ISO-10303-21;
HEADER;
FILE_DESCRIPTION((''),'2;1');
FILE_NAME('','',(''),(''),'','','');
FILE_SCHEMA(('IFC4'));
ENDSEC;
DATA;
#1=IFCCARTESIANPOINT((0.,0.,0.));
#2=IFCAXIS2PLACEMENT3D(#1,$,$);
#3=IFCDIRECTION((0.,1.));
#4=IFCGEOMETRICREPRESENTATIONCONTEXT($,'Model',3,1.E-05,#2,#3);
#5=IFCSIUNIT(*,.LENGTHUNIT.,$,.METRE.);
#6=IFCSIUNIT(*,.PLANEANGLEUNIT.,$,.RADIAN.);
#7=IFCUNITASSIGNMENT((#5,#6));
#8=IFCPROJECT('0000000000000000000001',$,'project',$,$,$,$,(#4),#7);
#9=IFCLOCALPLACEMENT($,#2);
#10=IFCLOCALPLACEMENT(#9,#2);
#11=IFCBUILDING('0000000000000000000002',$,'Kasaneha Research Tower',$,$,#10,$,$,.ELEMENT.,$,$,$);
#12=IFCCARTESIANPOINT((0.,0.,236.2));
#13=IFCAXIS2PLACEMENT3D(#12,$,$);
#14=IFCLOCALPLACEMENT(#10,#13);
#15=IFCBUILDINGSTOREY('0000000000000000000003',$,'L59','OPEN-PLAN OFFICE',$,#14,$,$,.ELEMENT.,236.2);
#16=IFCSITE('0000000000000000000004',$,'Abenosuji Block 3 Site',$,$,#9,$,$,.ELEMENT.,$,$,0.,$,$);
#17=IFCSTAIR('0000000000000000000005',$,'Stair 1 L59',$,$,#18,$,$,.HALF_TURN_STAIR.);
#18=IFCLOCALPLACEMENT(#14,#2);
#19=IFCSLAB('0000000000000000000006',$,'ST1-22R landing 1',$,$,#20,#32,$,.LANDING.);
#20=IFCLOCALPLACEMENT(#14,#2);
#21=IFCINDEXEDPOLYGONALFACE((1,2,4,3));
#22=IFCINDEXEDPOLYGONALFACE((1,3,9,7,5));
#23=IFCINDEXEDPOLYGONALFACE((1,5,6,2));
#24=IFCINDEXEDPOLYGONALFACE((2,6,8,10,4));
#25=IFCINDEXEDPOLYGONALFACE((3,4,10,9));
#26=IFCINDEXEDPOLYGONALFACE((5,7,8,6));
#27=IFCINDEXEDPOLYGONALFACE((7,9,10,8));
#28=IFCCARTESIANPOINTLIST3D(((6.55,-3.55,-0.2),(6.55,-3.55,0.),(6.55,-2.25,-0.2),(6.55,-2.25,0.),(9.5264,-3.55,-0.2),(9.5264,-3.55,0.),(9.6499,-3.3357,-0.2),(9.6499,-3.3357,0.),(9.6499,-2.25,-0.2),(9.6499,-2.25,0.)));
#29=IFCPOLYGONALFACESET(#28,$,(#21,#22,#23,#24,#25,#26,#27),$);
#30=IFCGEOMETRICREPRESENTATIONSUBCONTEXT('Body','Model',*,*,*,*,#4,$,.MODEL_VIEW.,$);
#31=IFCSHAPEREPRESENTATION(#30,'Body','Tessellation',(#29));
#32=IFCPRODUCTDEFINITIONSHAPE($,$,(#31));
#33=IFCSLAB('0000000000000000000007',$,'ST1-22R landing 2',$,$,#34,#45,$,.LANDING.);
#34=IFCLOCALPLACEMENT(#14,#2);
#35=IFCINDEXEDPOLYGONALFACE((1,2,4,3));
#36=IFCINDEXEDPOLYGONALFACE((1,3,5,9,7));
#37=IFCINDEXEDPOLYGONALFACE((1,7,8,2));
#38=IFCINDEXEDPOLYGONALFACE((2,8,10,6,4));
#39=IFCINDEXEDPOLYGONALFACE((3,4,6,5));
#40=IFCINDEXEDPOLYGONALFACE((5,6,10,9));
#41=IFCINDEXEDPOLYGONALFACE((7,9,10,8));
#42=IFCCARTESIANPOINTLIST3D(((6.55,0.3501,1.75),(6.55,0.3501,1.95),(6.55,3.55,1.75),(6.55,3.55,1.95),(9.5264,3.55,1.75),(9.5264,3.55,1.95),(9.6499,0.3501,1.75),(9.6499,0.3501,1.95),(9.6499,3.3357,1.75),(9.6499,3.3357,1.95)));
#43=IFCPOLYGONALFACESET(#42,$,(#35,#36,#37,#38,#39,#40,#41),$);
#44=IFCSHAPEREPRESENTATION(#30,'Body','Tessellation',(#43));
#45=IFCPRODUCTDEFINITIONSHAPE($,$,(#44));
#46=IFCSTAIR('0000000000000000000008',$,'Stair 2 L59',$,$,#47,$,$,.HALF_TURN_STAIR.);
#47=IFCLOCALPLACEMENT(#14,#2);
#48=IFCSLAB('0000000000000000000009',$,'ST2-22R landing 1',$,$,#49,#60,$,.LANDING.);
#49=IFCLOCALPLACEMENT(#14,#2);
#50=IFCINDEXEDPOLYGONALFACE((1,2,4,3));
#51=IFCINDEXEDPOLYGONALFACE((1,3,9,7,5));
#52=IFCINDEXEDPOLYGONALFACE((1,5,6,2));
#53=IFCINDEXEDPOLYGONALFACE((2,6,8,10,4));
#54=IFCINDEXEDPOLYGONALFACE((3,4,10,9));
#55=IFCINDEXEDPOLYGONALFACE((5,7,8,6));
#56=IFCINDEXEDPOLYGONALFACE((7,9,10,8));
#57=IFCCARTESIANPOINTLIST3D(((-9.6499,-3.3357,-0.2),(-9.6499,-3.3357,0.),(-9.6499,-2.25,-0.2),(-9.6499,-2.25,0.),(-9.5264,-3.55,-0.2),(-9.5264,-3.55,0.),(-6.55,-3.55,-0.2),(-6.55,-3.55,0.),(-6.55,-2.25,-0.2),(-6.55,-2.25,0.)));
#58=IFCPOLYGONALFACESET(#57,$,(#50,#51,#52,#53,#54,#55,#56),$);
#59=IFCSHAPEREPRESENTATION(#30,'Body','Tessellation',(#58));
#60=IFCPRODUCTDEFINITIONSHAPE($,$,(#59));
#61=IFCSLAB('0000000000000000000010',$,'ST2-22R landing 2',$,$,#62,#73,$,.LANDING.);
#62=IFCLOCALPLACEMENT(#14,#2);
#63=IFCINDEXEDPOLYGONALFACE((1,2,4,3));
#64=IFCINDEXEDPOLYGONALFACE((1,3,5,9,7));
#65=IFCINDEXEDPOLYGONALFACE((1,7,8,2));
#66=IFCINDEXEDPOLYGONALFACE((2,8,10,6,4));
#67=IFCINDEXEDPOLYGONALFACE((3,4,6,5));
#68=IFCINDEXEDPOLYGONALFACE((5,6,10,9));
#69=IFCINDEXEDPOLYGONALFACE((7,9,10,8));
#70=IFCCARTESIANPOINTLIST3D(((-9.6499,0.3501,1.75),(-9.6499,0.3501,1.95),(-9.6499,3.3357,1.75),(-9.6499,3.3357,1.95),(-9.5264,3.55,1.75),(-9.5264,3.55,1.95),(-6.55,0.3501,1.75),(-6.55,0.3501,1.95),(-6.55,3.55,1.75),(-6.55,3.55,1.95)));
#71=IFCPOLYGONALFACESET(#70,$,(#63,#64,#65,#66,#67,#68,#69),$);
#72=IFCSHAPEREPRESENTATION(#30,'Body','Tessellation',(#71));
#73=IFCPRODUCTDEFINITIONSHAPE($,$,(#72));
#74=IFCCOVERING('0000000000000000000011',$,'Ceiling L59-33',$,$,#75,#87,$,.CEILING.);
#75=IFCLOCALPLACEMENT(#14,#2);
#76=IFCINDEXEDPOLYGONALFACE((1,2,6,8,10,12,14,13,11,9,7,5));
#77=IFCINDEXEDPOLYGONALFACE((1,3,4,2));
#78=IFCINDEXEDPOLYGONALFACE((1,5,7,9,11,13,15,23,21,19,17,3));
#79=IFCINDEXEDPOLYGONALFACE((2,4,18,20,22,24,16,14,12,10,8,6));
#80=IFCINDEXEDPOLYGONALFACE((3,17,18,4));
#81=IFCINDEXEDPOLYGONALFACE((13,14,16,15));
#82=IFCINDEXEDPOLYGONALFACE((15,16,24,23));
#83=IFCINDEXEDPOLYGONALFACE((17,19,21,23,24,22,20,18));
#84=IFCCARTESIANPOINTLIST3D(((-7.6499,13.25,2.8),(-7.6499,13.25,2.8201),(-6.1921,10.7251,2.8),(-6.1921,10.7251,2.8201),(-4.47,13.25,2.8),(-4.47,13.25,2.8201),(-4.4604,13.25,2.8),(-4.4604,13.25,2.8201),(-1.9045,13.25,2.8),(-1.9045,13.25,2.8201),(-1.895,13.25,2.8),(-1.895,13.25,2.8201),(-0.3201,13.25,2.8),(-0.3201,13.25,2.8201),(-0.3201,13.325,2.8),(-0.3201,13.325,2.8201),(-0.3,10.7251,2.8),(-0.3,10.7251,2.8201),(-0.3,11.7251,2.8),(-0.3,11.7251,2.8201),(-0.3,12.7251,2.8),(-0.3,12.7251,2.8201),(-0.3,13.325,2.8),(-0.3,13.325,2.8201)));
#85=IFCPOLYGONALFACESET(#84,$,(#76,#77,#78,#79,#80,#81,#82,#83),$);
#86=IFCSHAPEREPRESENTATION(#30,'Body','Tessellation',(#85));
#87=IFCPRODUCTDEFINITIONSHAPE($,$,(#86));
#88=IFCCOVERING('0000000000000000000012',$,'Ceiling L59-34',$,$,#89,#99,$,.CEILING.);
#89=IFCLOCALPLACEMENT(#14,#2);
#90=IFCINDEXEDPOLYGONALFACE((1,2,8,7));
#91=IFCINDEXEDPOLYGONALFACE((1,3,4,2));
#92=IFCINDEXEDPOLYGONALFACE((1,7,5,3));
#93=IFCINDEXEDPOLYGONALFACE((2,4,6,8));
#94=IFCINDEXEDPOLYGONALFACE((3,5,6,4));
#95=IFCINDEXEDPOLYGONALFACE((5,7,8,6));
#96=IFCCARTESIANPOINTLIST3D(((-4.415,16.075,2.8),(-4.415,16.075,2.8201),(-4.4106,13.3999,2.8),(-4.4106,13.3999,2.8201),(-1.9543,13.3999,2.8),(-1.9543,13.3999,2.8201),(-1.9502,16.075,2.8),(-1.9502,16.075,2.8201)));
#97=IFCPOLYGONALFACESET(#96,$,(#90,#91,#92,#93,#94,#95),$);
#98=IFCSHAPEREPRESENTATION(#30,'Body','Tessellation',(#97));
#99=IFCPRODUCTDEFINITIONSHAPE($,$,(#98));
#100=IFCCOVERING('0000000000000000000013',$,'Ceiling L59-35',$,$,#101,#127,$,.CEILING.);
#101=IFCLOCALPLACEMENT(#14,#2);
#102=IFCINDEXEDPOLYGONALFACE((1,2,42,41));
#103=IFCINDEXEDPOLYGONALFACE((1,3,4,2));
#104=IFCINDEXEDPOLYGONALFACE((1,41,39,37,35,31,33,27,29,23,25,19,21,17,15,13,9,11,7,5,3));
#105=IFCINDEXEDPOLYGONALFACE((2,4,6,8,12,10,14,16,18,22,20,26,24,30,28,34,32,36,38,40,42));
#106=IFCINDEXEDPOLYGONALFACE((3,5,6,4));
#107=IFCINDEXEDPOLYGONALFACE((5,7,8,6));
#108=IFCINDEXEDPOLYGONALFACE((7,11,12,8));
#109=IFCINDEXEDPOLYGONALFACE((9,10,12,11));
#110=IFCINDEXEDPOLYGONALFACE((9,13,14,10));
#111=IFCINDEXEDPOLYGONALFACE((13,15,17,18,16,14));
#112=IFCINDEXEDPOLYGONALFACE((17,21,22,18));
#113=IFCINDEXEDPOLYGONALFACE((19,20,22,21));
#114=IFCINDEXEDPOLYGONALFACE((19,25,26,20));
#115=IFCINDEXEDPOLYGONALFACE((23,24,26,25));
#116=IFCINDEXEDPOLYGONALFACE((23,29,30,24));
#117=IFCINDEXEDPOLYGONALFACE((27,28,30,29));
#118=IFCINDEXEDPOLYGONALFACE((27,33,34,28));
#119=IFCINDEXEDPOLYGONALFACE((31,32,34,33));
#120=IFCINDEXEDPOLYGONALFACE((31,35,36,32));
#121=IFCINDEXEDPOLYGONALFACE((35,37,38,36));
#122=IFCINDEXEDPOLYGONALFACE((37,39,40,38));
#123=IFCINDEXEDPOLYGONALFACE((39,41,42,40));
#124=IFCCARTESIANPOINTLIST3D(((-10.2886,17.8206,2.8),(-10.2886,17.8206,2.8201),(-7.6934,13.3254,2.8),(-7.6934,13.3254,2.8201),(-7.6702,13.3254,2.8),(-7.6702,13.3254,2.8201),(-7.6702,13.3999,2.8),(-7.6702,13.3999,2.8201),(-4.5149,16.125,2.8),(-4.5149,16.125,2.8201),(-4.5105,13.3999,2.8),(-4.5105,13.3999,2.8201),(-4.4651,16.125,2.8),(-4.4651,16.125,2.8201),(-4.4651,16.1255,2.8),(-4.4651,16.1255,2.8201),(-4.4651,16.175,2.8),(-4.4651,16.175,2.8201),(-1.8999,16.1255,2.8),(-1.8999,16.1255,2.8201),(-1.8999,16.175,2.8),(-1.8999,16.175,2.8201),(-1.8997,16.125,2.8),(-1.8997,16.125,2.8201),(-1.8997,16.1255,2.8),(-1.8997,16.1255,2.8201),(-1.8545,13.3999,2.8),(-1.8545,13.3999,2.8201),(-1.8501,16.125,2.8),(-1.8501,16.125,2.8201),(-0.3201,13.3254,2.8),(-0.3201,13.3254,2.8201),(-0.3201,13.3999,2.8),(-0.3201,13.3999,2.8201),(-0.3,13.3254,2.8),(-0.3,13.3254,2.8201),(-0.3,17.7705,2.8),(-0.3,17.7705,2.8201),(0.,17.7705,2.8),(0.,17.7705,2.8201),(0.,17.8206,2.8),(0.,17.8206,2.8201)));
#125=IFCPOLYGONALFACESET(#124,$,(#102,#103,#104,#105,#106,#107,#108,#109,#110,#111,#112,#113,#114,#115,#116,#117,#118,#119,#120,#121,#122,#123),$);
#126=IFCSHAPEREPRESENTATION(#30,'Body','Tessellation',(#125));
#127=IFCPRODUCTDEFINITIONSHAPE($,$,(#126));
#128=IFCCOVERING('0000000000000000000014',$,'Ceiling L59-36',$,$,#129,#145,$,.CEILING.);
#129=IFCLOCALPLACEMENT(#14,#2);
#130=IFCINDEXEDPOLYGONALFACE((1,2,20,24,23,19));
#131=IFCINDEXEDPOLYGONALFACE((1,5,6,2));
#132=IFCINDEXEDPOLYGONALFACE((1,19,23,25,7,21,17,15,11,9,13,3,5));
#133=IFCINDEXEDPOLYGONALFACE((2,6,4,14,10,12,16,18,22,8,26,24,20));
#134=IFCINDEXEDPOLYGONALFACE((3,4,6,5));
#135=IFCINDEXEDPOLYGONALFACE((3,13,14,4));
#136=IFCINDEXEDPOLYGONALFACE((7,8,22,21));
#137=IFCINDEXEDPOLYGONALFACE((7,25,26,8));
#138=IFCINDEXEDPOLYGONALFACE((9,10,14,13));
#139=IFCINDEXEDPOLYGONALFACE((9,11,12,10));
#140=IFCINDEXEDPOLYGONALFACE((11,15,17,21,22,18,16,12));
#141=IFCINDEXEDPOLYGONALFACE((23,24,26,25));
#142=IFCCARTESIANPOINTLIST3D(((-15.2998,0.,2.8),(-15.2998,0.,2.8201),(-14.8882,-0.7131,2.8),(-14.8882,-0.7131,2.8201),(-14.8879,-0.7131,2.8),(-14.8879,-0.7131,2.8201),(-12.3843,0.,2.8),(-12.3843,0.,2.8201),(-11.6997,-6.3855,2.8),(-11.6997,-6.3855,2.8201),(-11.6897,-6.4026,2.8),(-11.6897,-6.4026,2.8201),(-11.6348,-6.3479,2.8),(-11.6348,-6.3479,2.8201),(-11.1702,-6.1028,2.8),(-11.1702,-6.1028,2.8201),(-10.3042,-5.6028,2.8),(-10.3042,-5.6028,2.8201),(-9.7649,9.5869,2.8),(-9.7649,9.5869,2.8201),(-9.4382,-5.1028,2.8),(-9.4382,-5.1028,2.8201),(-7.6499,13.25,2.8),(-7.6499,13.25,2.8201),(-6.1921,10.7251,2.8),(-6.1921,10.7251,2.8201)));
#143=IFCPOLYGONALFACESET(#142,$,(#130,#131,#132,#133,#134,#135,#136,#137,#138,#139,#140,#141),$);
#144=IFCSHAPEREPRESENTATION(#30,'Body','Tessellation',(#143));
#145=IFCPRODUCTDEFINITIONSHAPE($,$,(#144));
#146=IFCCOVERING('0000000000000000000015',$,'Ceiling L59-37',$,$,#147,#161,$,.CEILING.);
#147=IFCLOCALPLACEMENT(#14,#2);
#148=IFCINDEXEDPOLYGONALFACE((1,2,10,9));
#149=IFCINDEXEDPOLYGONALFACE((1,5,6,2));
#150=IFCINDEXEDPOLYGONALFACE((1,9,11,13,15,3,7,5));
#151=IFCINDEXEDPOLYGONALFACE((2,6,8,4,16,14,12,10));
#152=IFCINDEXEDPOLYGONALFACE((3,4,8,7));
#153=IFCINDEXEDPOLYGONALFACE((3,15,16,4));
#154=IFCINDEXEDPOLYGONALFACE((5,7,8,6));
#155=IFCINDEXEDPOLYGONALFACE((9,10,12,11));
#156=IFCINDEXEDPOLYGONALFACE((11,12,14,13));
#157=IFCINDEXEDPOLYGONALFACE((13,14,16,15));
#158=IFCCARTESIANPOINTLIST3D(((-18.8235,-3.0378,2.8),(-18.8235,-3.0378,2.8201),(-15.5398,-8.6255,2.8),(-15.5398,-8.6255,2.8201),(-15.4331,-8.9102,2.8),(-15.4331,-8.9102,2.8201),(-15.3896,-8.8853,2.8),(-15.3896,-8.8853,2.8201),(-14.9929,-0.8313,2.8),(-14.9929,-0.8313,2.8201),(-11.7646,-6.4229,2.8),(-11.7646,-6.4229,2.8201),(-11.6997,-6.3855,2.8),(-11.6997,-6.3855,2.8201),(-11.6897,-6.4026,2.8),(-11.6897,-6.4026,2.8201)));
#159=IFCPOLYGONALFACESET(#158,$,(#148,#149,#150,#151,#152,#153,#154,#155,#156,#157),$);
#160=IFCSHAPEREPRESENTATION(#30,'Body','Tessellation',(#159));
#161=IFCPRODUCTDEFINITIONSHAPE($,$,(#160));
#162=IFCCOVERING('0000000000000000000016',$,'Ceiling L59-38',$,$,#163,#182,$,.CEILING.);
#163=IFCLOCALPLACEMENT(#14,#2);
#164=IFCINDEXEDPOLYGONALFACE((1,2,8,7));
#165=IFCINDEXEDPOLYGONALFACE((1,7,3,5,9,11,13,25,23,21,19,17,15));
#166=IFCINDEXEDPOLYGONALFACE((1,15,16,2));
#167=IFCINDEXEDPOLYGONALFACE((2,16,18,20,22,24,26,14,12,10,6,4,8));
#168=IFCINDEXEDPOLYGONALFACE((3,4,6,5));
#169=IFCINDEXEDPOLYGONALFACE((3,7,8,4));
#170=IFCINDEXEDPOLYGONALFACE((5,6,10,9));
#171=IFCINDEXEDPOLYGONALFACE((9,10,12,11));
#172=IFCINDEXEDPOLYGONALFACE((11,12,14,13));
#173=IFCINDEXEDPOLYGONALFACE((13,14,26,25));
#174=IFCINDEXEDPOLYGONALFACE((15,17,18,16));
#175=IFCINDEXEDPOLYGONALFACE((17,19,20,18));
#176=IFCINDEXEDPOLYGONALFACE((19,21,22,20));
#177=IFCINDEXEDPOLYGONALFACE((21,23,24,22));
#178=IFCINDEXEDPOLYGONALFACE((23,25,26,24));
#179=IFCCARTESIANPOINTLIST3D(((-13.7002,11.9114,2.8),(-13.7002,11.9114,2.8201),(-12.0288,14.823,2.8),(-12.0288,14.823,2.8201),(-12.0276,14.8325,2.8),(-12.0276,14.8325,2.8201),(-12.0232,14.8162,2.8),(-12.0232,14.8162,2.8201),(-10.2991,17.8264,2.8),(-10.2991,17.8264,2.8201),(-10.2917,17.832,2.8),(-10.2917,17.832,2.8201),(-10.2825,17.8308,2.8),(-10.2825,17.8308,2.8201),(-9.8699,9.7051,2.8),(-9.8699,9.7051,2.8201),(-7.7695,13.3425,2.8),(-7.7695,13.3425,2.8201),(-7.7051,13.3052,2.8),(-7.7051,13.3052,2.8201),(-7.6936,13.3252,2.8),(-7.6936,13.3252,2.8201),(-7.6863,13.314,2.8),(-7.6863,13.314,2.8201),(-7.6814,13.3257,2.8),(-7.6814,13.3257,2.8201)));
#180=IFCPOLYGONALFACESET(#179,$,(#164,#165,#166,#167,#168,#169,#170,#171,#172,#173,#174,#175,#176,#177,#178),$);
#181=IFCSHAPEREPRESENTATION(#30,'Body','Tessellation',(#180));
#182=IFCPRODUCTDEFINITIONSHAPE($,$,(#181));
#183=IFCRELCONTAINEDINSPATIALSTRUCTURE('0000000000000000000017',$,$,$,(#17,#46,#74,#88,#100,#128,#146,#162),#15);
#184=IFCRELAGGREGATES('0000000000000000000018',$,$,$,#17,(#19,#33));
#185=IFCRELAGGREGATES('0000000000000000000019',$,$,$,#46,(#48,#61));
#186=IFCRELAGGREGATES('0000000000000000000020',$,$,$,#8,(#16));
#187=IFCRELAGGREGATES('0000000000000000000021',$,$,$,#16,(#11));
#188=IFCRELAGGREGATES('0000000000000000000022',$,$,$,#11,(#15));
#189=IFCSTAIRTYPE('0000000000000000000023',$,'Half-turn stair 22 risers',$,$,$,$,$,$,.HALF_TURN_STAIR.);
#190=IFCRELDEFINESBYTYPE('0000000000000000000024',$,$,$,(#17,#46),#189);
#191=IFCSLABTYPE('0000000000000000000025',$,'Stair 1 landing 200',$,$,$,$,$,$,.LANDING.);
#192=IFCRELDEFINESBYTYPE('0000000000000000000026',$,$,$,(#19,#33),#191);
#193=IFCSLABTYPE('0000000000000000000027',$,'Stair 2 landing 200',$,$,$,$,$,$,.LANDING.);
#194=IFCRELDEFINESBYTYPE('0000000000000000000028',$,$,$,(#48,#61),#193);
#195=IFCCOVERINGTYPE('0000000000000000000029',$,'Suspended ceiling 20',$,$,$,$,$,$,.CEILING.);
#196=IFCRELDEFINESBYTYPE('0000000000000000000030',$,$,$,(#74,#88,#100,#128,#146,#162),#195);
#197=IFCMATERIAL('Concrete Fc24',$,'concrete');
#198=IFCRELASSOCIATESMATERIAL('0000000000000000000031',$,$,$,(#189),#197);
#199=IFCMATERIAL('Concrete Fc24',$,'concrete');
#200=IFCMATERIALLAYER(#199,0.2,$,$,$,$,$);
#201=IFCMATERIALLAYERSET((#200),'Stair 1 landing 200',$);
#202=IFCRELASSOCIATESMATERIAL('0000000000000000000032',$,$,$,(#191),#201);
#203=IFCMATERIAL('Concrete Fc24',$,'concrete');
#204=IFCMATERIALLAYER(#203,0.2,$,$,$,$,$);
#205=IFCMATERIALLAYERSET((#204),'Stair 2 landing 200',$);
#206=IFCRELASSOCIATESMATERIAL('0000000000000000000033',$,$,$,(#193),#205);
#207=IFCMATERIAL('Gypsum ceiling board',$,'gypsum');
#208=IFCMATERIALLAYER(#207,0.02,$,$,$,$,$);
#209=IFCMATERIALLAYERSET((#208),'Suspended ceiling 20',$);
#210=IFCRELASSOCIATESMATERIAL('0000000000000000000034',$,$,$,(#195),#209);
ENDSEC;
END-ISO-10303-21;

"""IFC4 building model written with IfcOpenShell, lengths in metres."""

from ifc_helpers import new_model, si_unit, direction, frame, origin, place, context, subcontext, project, spatial, polyline, outline, extrude, material, layer, layer_set, type_object, element, aggregate, save


model = new_model("IFC4")

# Units and contexts
model_context = context("Model", 3, precision=1e-05, world=origin(), true_north=direction((0.0, 1.0)))
body_context = subcontext(model_context, "Body", "Model", "MODEL_VIEW")
ifc_project = project(units=[si_unit("LENGTHUNIT", "METRE"), si_unit("PLANEANGLEUNIT", "RADIAN")], contexts=[model_context])

# Site, building, storey
site_placement = place(None, origin())
site = spatial("IfcSite", under=ifc_project, at=site_placement, Name="Abenosuji Block 3 Site", CompositionType="ELEMENT", RefElevation=0.0)
building_placement = place(site_placement, origin())
building = spatial("IfcBuilding", under=site, at=building_placement, Name="Kasaneha Research Tower", CompositionType="ELEMENT")
storey_placement = place(building_placement, frame((0.0, 0.0, 236.2)))
storey = spatial("IfcBuildingStorey", under=building, at=storey_placement, Name="L59", Description="OPEN-PLAN OFFICE", CompositionType="ELEMENT", Elevation=236.2)

# Stairs, slabs
ifc_material_1 = material(Name="Concrete Fc24", Category="concrete")
stair_type = type_object("IfcStairType", Name="Half-turn stair 22 risers", PredefinedType="HALF_TURN_STAIR", material=ifc_material_1)
stair_1_placement = place(storey_placement, origin())
stair_1 = element("IfcStair", 1, at=stair_1_placement, inside=storey, type_object=stair_type, Name="Stair 1 L59", PredefinedType="HALF_TURN_STAIR")
ifc_material_2 = material(Name="Concrete Fc24", Category="concrete")
ifc_layer_1 = layer(ifc_material_2, 0.2)
ifc_layer_set_1 = layer_set([ifc_layer_1], Name="Stair 1 landing 200")
slab_type_1 = type_object("IfcSlabType", Name="Stair 1 landing 200", PredefinedType="LANDING", material=ifc_layer_set_1)
slab_1_placement = place(storey_placement, frame((0.0, 0.0, -0.2)))
slab_1 = element("IfcSlab", 2, at=slab_1_placement, type_object=slab_type_1, Name="ST1-22R landing 1", PredefinedType="LANDING", context=body_context, shape_type="SweptSolid", body=[
    extrude(outline(polyline([(9.5264, -3.55), (6.55, -3.55), (6.55, -2.25), (9.6499, -2.25), (9.6499, -3.3357), (9.5264, -3.55)])), origin(), (0.0, 0.0, 1.0), 0.2),
])
slab_2_placement = place(storey_placement, frame((0.0, 0.0, 1.75)))
slab_2 = element("IfcSlab", 3, at=slab_2_placement, type_object=slab_type_1, Name="ST1-22R landing 2", PredefinedType="LANDING", context=body_context, shape_type="SweptSolid", body=[
    extrude(outline(polyline([(6.55, 3.55), (9.5264, 3.55), (9.6499, 3.3357), (9.6499, 0.3501), (6.55, 0.3501), (6.55, 3.55)])), origin(), (0.0, 0.0, 1.0), 0.2),
])
aggregate(stair_1, [slab_1, slab_2])
stair_2_placement = place(storey_placement, origin())
stair_2 = element("IfcStair", 4, at=stair_2_placement, inside=storey, type_object=stair_type, Name="Stair 2 L59", PredefinedType="HALF_TURN_STAIR")
ifc_material_3 = material(Name="Concrete Fc24", Category="concrete")
ifc_layer_2 = layer(ifc_material_3, 0.2)
ifc_layer_set_2 = layer_set([ifc_layer_2], Name="Stair 2 landing 200")
slab_type_2 = type_object("IfcSlabType", Name="Stair 2 landing 200", PredefinedType="LANDING", material=ifc_layer_set_2)
slab_3_placement = place(storey_placement, frame((0.0, 0.0, -0.2)))
slab_3 = element("IfcSlab", 5, at=slab_3_placement, type_object=slab_type_2, Name="ST2-22R landing 1", PredefinedType="LANDING", context=body_context, shape_type="SweptSolid", body=[
    extrude(outline(polyline([(-6.55, -3.55), (-9.5264, -3.55), (-9.6499, -3.3357), (-9.6499, -2.25), (-6.55, -2.25), (-6.55, -3.55)])), origin(), (0.0, 0.0, 1.0), 0.2),
])
slab_4_placement = place(storey_placement, frame((0.0, 0.0, 1.75)))
slab_4 = element("IfcSlab", 6, at=slab_4_placement, type_object=slab_type_2, Name="ST2-22R landing 2", PredefinedType="LANDING", context=body_context, shape_type="SweptSolid", body=[
    extrude(outline(polyline([(-6.55, 0.3501), (-9.6499, 0.3501), (-9.6499, 3.3357), (-9.5264, 3.55), (-6.55, 3.55), (-6.55, 0.3501)])), origin(), (0.0, 0.0, 1.0), 0.2),
])
aggregate(stair_2, [slab_3, slab_4])

# Coverings
ifc_material_4 = material(Name="Gypsum ceiling board", Category="gypsum")
ifc_layer_3 = layer(ifc_material_4, 0.02)
ifc_layer_set_3 = layer_set([ifc_layer_3], Name="Suspended ceiling 20")
covering_type_1 = type_object("IfcCoveringType", Name="Suspended ceiling 20", PredefinedType="CEILING", material=ifc_layer_set_3)
covering_1_placement = place(storey_placement, frame((0.0, 0.0, 2.8)))
element("IfcCovering", 7, at=covering_1_placement, inside=storey, type_object=covering_type_1, Name="Ceiling L59-33", PredefinedType="CEILING", context=body_context, shape_type="SweptSolid", body=[
    extrude(outline(polyline([(-0.3, 11.7251), (-0.3, 10.7251), (-6.1921, 10.7251), (-7.6499, 13.25), (-7.6499, 13.25), (-4.47, 13.25), (-4.4604, 13.25), (-1.9045, 13.25), (-1.895, 13.25), (-0.3201, 13.25), (-0.3201, 13.325), (-0.3, 13.325), (-0.3, 12.7251), (-0.3, 11.7251)])), origin(), (0.0, 0.0, 1.0), 0.02),
])
covering_2_placement = place(storey_placement, frame((0.0, 0.0, 2.8)))
element("IfcCovering", 8, at=covering_2_placement, inside=storey, type_object=covering_type_1, Name="Ceiling L59-34", PredefinedType="CEILING", context=body_context, shape_type="SweptSolid", body=[
    extrude(outline(polyline([(-1.9502, 16.075), (-1.9543, 13.3999), (-4.4106, 13.3999), (-4.415, 16.075), (-1.9502, 16.075)])), origin(), (0.0, 0.0, 1.0), 0.02),
])
covering_3_placement = place(storey_placement, frame((0.0, 0.0, 2.8)))
element("IfcCovering", 9, at=covering_3_placement, inside=storey, type_object=covering_type_1, Name="Ceiling L59-35", PredefinedType="CEILING", context=body_context, shape_type="SweptSolid", body=[
    extrude(outline(polyline([(-0.3201, 13.3254), (-0.3201, 13.3999), (-1.8545, 13.3999), (-1.8501, 16.125), (-1.8997, 16.125), (-1.8997, 16.1255), (-1.8999, 16.1255), (-1.8999, 16.175), (-4.4651, 16.175), (-4.4651, 16.1255), (-4.4651, 16.125), (-4.5149, 16.125), (-4.5105, 13.3999), (-7.6702, 13.3999), (-7.6702, 13.3254), (-7.6934, 13.3254), (-10.2886, 17.8206), (0.0, 17.8206), (0.0, 17.7705), (-0.3, 17.7705), (-0.3, 17.7705), (-0.3, 13.3254), (-0.3201, 13.3254)])), origin(), (0.0, 0.0, 1.0), 0.02),
])
covering_4_placement = place(storey_placement, frame((0.0, 0.0, 2.8)))
element("IfcCovering", 10, at=covering_4_placement, inside=storey, type_object=covering_type_1, Name="Ceiling L59-36", PredefinedType="CEILING", context=body_context, shape_type="SweptSolid", body=[
    extrude(outline(polyline([(-12.3843, 0.0), (-9.4382, -5.1028), (-10.3042, -5.6028), (-10.3042, -5.6028), (-11.1702, -6.1028), (-11.1702, -6.1028), (-11.6897, -6.4026), (-11.6997, -6.3855), (-11.6348, -6.3479), (-14.8882, -0.7131), (-14.8879, -0.7131), (-15.2998, 0.0), (-9.7649, 9.5869), (-9.7649, 9.5869), (-7.6499, 13.25), (-6.1921, 10.7251), (-12.3843, 0.0)])), origin(), (0.0, 0.0, 1.0), 0.02),
])
covering_5_placement = place(storey_placement, frame((0.0, 0.0, 2.8)))
element("IfcCovering", 11, at=covering_5_placement, inside=storey, type_object=covering_type_1, Name="Ceiling L59-37", PredefinedType="CEILING", context=body_context, shape_type="SweptSolid", body=[
    extrude(outline(polyline([(-15.5398, -8.6255), (-15.5398, -8.6255), (-15.3896, -8.8853), (-15.4331, -8.9102), (-18.8235, -3.0378), (-14.9929, -0.8313), (-11.7646, -6.4229), (-11.6997, -6.3855), (-11.6897, -6.4026), (-11.4299, -6.2527), (-15.5398, -8.6255), (-15.5398, -8.6255)])), origin(), (0.0, 0.0, 1.0), 0.02),
])
covering_6_placement = place(storey_placement, frame((0.0, 0.0, 2.8)))
element("IfcCovering", 12, at=covering_6_placement, inside=storey, type_object=covering_type_1, Name="Ceiling L59-38", PredefinedType="CEILING", context=body_context, shape_type="SweptSolid", body=[
    extrude(outline(polyline([(-12.0276, 14.8325), (-10.2991, 17.8264), (-10.2917, 17.832), (-10.2825, 17.8308), (-7.6814, 13.3257), (-7.6863, 13.314), (-7.6936, 13.3252), (-7.7051, 13.3052), (-7.7695, 13.3425), (-9.8699, 9.7051), (-13.7002, 11.9114), (-12.0232, 14.8162), (-12.0288, 14.823), (-12.0276, 14.8325)])), origin(), (0.0, 0.0, 1.0), 0.02),
])

save(model, "model.ifc")
